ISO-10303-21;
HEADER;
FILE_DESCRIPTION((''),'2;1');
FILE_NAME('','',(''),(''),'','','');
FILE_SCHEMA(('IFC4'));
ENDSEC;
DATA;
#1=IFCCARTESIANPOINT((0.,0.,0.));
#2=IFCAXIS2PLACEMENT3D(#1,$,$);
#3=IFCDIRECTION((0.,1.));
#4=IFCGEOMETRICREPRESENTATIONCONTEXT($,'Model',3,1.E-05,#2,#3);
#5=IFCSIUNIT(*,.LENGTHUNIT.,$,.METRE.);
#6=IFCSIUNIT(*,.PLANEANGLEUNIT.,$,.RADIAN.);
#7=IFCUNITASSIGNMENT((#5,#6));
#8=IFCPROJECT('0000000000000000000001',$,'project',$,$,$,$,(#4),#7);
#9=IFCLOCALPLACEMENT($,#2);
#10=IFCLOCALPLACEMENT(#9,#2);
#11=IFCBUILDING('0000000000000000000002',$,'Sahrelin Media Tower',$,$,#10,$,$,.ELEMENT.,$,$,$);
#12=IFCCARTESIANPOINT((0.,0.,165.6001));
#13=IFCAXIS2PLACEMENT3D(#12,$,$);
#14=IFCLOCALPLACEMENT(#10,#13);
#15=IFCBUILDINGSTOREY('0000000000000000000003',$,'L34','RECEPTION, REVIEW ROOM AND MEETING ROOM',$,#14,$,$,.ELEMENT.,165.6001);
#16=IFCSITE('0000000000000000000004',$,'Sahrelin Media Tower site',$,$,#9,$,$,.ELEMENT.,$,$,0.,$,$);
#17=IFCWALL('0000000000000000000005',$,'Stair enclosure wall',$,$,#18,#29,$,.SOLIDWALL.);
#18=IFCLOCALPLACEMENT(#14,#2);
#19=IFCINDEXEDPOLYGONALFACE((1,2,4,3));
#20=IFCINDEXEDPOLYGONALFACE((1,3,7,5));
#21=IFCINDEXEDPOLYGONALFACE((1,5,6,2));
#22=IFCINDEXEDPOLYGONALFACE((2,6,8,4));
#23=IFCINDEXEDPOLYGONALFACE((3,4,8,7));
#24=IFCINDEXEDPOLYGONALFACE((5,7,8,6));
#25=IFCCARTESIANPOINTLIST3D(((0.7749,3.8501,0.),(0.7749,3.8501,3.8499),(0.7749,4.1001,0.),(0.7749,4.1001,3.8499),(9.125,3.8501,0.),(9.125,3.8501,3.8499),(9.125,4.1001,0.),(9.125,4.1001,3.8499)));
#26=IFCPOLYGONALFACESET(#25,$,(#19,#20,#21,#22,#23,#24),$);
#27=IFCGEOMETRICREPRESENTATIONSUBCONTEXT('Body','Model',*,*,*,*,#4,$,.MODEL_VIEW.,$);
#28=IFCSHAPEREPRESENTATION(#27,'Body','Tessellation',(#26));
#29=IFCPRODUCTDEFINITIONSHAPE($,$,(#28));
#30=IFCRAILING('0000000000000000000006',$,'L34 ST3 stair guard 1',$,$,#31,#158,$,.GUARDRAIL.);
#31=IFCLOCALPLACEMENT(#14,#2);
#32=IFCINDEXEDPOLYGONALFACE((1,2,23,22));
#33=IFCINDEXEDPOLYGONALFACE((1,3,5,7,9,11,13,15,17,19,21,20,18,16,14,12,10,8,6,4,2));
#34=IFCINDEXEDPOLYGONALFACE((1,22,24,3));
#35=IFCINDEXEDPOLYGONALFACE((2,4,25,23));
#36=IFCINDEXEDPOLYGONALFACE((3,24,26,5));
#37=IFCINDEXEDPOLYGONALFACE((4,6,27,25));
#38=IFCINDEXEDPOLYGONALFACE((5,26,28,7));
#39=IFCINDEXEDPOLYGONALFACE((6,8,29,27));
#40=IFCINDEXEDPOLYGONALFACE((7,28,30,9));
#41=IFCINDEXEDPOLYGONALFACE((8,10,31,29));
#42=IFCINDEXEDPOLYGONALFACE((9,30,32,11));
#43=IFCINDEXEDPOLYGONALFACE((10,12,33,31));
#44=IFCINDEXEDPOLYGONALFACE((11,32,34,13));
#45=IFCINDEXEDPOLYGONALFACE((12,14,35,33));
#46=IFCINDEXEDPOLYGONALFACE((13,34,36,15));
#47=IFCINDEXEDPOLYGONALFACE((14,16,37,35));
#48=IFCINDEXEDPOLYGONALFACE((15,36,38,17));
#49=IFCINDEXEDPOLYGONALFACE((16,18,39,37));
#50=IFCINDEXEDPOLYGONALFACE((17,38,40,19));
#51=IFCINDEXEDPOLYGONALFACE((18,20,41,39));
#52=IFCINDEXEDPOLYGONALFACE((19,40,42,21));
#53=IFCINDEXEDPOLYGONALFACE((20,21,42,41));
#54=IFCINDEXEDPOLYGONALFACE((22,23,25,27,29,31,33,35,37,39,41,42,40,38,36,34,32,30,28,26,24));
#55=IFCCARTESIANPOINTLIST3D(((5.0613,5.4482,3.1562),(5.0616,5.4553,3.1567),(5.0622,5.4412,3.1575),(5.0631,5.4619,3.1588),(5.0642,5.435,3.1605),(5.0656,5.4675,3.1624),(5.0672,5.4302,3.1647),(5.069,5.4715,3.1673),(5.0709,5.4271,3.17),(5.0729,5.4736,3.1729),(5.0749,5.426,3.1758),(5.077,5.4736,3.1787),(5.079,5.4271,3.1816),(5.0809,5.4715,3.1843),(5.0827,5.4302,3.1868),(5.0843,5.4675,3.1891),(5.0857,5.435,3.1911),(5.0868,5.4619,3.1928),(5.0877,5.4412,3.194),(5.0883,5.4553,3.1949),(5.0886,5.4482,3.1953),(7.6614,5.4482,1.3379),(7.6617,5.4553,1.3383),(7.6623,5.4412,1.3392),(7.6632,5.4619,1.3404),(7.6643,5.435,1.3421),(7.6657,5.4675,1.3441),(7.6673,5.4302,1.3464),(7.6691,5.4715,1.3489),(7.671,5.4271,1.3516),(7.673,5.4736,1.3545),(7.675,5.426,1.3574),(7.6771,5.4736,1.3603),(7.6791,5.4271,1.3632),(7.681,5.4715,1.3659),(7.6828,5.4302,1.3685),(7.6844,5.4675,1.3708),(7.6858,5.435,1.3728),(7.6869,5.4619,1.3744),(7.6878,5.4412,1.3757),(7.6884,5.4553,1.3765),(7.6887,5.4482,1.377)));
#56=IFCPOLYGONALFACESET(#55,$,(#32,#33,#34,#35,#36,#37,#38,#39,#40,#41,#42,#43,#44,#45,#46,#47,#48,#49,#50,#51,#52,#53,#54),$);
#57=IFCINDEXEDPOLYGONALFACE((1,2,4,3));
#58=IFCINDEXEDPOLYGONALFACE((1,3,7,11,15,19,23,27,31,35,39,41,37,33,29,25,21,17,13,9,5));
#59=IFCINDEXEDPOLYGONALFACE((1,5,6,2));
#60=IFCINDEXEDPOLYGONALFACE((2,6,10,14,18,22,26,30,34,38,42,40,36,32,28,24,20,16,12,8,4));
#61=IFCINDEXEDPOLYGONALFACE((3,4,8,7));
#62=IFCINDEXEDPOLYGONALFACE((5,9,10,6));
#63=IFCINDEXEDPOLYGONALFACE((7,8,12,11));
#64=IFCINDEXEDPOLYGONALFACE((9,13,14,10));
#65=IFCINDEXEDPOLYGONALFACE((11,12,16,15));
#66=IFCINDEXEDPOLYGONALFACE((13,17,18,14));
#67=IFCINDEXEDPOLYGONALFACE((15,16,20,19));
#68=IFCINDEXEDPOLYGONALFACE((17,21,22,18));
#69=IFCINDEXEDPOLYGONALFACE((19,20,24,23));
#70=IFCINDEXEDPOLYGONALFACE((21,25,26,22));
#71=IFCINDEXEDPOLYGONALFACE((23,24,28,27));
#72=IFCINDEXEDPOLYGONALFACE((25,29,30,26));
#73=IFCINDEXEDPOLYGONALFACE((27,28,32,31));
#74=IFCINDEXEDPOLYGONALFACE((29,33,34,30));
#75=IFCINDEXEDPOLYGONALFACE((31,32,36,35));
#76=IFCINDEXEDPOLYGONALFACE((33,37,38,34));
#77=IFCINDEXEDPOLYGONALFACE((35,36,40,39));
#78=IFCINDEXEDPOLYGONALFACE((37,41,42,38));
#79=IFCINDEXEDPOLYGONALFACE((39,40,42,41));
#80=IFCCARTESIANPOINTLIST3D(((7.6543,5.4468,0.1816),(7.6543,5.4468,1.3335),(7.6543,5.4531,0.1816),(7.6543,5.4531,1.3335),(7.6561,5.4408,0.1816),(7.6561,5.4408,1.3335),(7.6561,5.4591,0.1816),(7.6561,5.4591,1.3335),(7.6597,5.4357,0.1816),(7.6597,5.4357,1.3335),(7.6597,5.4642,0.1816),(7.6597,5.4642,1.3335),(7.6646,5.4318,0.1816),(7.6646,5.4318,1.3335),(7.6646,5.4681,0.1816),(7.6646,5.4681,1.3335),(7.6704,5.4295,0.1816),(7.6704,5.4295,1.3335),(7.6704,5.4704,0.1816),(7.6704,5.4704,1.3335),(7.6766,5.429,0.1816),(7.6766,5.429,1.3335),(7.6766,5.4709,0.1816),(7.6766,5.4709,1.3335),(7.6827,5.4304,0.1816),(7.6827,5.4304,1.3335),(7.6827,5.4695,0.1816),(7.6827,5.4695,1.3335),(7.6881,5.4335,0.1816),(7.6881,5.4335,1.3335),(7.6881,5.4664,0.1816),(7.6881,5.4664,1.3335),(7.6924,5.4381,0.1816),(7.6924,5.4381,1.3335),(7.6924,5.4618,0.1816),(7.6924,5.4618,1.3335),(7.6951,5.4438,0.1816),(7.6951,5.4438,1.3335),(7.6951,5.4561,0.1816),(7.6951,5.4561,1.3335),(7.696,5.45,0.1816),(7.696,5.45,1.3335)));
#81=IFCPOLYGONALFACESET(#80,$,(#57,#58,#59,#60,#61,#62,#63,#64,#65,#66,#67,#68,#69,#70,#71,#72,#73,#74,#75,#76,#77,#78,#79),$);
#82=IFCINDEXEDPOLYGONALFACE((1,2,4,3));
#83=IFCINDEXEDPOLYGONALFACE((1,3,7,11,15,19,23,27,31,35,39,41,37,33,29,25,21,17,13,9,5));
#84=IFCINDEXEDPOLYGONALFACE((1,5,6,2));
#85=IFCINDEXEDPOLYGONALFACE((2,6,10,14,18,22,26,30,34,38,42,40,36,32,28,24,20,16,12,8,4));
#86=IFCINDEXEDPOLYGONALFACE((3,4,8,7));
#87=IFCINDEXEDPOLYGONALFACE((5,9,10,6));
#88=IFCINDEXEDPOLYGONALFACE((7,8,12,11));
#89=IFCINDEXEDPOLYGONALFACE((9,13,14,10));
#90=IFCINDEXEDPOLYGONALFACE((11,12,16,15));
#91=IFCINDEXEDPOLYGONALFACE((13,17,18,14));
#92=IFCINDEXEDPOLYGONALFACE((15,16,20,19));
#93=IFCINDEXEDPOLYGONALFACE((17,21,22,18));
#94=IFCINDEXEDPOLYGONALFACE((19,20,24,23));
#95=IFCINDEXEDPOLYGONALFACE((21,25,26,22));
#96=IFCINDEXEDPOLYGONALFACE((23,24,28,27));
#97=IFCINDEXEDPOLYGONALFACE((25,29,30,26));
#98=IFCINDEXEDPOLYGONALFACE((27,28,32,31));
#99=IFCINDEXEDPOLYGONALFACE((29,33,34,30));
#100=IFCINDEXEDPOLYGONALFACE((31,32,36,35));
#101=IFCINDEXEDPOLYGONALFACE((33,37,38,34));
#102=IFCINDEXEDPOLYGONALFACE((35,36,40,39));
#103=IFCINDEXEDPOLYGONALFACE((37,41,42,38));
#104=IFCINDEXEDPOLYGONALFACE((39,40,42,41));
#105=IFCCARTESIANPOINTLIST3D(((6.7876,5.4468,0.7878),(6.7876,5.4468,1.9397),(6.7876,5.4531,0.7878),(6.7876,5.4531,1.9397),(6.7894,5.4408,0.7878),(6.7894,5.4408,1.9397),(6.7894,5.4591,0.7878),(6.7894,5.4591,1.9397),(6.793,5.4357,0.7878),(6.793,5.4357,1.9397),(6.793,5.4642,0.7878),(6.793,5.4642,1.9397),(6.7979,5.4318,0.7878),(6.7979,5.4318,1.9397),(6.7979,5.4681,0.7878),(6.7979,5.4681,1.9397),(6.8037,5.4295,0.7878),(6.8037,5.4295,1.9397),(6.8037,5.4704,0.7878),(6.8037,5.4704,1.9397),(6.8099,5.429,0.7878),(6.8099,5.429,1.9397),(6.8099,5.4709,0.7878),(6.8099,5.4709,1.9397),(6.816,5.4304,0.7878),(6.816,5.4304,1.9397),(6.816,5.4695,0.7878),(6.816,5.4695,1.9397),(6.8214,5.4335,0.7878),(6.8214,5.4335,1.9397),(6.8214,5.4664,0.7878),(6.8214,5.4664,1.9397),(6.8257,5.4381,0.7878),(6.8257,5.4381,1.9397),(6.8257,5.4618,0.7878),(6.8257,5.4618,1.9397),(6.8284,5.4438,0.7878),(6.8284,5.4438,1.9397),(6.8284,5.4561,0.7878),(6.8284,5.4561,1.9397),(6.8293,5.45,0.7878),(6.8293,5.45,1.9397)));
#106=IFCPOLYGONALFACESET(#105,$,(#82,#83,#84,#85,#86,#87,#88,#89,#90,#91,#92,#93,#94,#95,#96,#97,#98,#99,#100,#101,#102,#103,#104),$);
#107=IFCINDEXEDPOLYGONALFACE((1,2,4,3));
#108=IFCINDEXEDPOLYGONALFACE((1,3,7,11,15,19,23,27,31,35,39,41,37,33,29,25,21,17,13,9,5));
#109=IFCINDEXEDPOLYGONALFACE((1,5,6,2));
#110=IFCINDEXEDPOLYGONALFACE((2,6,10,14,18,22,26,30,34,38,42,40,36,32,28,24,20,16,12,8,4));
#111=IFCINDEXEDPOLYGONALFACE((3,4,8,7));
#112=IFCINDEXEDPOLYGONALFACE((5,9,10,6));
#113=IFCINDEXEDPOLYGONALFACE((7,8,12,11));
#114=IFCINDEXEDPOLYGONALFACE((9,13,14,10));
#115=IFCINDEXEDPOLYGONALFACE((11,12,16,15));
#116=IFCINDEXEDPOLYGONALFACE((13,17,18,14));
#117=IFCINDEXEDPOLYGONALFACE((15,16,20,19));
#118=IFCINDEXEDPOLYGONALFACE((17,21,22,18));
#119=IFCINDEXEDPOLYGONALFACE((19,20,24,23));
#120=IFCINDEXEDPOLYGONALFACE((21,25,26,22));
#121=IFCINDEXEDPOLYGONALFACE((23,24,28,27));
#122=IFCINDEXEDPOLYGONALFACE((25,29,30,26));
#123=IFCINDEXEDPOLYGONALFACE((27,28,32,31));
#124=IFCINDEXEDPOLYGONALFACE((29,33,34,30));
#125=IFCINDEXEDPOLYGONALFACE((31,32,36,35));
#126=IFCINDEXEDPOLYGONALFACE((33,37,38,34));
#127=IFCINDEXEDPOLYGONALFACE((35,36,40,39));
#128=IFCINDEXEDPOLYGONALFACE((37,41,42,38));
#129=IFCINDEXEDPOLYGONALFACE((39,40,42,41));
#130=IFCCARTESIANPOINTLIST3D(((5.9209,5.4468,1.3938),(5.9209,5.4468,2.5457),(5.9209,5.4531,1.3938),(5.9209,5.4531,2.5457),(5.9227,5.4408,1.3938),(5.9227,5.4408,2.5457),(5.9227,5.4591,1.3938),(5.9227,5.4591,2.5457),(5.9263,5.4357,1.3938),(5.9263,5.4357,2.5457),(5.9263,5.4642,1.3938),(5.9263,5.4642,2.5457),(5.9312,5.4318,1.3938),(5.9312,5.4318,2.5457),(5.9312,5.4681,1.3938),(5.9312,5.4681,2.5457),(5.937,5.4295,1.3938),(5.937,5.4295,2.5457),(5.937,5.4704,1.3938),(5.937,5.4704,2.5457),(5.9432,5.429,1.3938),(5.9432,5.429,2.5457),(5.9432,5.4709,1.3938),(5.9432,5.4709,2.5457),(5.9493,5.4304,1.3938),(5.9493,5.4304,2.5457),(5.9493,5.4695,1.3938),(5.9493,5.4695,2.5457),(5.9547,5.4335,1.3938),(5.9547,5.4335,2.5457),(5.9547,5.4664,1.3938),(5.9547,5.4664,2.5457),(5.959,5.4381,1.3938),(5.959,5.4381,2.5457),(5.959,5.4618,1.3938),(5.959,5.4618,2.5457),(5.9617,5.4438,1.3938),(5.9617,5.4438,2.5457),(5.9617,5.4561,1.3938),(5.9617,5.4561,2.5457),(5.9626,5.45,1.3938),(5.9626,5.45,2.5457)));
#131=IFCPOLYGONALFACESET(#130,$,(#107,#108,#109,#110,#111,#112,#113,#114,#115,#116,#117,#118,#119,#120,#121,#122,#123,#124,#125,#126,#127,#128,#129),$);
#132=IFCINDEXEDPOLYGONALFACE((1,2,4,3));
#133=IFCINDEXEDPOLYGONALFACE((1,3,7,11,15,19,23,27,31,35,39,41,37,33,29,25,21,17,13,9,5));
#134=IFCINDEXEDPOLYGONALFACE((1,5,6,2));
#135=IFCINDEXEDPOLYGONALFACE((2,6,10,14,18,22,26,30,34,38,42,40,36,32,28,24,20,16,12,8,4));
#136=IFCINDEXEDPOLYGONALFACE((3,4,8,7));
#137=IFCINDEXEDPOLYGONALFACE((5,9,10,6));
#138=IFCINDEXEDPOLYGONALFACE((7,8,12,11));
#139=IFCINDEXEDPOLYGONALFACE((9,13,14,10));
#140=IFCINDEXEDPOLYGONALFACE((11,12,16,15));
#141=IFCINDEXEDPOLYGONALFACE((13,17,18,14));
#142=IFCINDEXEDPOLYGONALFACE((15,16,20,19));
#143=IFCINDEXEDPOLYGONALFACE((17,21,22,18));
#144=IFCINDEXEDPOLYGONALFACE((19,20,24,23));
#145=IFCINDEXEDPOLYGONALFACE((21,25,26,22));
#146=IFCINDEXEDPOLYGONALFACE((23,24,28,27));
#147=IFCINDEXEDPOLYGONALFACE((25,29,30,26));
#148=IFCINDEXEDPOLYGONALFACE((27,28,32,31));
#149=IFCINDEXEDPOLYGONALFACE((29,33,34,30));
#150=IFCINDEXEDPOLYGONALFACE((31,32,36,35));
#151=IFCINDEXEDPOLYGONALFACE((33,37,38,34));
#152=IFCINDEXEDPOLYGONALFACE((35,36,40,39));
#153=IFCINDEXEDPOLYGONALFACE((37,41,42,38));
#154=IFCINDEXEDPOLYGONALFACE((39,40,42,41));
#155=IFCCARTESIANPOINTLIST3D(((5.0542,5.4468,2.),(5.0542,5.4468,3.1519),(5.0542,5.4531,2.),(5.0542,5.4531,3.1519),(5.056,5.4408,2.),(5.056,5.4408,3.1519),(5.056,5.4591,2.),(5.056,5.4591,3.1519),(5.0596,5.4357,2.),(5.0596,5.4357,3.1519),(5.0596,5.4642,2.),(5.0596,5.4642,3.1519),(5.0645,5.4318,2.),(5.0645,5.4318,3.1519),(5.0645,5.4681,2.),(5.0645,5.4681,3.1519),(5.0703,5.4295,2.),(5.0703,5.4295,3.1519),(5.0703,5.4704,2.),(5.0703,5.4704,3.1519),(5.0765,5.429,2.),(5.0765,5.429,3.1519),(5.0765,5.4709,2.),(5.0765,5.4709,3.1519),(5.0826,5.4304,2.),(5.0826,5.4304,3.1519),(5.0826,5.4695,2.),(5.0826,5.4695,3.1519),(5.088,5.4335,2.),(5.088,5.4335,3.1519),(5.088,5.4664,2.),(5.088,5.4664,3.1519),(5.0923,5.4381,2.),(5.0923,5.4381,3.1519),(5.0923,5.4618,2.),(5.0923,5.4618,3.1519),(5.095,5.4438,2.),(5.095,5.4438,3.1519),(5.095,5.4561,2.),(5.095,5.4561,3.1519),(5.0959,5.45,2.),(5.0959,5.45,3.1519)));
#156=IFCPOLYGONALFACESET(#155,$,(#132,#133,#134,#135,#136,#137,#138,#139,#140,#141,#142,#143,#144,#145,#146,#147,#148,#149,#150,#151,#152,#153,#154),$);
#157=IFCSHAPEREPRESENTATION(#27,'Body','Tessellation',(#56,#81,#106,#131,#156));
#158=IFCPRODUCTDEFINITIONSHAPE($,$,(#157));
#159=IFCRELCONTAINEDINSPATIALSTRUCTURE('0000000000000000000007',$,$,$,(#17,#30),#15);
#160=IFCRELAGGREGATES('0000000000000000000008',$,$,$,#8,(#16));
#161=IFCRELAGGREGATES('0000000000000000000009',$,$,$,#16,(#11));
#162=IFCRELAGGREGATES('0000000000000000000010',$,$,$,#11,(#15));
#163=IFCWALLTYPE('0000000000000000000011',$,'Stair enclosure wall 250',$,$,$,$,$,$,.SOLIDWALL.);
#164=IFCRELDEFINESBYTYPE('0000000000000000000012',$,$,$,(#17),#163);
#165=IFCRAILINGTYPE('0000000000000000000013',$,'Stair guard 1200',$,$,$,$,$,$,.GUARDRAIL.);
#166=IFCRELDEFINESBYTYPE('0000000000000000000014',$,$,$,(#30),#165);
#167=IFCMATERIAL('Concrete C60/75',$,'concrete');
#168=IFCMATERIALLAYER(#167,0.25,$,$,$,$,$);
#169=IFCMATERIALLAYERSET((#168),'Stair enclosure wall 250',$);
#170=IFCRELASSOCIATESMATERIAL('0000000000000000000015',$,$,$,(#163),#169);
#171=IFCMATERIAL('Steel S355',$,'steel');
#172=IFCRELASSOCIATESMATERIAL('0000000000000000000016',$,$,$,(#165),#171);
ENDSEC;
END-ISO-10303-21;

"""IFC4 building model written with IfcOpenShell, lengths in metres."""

from ifc_helpers import new_model, si_unit, direction, frame, frame_2d, origin, origin_2d, place, context, subcontext, project, spatial, rectangle, circle, extrude, material, layer, layer_set, type_object, element, save


model = new_model("IFC4")

# Units and contexts
model_context = context("Model", 3, precision=1e-05, world=origin(), true_north=direction((0.0, 1.0)))
body_context = subcontext(model_context, "Body", "Model", "MODEL_VIEW")
ifc_project = project(units=[si_unit("LENGTHUNIT", "METRE"), si_unit("PLANEANGLEUNIT", "RADIAN")], contexts=[model_context])

# Site, building, storey
site_placement = place(None, origin())
site = spatial("IfcSite", under=ifc_project, at=site_placement, Name="Sahrelin Media Tower site", CompositionType="ELEMENT", RefElevation=0.0)
building_placement = place(site_placement, origin())
building = spatial("IfcBuilding", under=site, at=building_placement, Name="Sahrelin Media Tower", CompositionType="ELEMENT")
storey_placement = place(building_placement, frame((0.0, 0.0, 165.6001)))
storey = spatial("IfcBuildingStorey", under=building, at=storey_placement, Name="L34", Description="RECEPTION, REVIEW ROOM AND MEETING ROOM", CompositionType="ELEMENT", Elevation=165.6001)

# Shared definitions
ifc_material_1 = material(Name="Steel S355", Category="steel")

# Shared definitions
ifc_material_2 = material(Name="Concrete C60/75", Category="concrete")

# Shared definitions
ifc_layer_1 = layer(ifc_material_2, 0.25)
ifc_layer_set_1 = layer_set([ifc_layer_1], Name="Stair enclosure wall 250")
wall_type_1 = type_object("IfcWallType", Name="Stair enclosure wall 250", PredefinedType="SOLIDWALL", material=ifc_layer_set_1)

# Wall
wall_1_placement = place(storey_placement, frame((0.7749, 3.9751, 0.0), z_axis=(0.0, 0.0, 1.0), x_axis=(1.0, 0.0, 0.0)))
element("IfcWall", 1, at=wall_1_placement, inside=storey, type_object=wall_type_1, Name="Stair enclosure wall", PredefinedType="SOLIDWALL", context=body_context, shape_type="SweptSolid", body=[
    extrude(rectangle(XDim=8.3501, YDim=0.25, at=frame_2d((4.175, 0.0))), origin(), (0.0, 0.0, 1.0), 3.8499),
])

# Railing
railing_type_1 = type_object("IfcRailingType", Name="Stair guard 1200", PredefinedType="GUARDRAIL", material=ifc_material_1)
railing_1_placement = place(storey_placement, frame((7.675, 5.45, 0.1816)))
element("IfcRailing", 2, at=railing_1_placement, inside=storey, type_object=railing_type_1, Name="L34 ST3 stair guard 1", PredefinedType="GUARDRAIL", context=body_context, shape_type="SweptSolid", body=[
    extrude(circle(Radius=0.0239, at=origin_2d()), frame((0.0, 0.0, 1.1758), z_axis=(-0.819485, 0.0, 0.573101), x_axis=(0.0, -1.0, 0.0)), (0.0, 0.0, 1.0), 3.1729),
    extrude(circle(Radius=0.021, at=origin_2d()), origin(), (0.0, 0.0, 1.0), 1.1519),
    extrude(circle(Radius=0.021, at=origin_2d()), frame((-0.8667, 0.0, 0.6062)), (0.0, 0.0, 1.0), 1.1519),
    extrude(circle(Radius=0.021, at=origin_2d()), frame((-1.7334, 0.0, 1.2122)), (0.0, 0.0, 1.0), 1.1519),
    extrude(circle(Radius=0.021, at=origin_2d()), frame((-2.6001, 0.0, 1.8184)), (0.0, 0.0, 1.0), 1.1519),
])

save(model, "model.ifc")
